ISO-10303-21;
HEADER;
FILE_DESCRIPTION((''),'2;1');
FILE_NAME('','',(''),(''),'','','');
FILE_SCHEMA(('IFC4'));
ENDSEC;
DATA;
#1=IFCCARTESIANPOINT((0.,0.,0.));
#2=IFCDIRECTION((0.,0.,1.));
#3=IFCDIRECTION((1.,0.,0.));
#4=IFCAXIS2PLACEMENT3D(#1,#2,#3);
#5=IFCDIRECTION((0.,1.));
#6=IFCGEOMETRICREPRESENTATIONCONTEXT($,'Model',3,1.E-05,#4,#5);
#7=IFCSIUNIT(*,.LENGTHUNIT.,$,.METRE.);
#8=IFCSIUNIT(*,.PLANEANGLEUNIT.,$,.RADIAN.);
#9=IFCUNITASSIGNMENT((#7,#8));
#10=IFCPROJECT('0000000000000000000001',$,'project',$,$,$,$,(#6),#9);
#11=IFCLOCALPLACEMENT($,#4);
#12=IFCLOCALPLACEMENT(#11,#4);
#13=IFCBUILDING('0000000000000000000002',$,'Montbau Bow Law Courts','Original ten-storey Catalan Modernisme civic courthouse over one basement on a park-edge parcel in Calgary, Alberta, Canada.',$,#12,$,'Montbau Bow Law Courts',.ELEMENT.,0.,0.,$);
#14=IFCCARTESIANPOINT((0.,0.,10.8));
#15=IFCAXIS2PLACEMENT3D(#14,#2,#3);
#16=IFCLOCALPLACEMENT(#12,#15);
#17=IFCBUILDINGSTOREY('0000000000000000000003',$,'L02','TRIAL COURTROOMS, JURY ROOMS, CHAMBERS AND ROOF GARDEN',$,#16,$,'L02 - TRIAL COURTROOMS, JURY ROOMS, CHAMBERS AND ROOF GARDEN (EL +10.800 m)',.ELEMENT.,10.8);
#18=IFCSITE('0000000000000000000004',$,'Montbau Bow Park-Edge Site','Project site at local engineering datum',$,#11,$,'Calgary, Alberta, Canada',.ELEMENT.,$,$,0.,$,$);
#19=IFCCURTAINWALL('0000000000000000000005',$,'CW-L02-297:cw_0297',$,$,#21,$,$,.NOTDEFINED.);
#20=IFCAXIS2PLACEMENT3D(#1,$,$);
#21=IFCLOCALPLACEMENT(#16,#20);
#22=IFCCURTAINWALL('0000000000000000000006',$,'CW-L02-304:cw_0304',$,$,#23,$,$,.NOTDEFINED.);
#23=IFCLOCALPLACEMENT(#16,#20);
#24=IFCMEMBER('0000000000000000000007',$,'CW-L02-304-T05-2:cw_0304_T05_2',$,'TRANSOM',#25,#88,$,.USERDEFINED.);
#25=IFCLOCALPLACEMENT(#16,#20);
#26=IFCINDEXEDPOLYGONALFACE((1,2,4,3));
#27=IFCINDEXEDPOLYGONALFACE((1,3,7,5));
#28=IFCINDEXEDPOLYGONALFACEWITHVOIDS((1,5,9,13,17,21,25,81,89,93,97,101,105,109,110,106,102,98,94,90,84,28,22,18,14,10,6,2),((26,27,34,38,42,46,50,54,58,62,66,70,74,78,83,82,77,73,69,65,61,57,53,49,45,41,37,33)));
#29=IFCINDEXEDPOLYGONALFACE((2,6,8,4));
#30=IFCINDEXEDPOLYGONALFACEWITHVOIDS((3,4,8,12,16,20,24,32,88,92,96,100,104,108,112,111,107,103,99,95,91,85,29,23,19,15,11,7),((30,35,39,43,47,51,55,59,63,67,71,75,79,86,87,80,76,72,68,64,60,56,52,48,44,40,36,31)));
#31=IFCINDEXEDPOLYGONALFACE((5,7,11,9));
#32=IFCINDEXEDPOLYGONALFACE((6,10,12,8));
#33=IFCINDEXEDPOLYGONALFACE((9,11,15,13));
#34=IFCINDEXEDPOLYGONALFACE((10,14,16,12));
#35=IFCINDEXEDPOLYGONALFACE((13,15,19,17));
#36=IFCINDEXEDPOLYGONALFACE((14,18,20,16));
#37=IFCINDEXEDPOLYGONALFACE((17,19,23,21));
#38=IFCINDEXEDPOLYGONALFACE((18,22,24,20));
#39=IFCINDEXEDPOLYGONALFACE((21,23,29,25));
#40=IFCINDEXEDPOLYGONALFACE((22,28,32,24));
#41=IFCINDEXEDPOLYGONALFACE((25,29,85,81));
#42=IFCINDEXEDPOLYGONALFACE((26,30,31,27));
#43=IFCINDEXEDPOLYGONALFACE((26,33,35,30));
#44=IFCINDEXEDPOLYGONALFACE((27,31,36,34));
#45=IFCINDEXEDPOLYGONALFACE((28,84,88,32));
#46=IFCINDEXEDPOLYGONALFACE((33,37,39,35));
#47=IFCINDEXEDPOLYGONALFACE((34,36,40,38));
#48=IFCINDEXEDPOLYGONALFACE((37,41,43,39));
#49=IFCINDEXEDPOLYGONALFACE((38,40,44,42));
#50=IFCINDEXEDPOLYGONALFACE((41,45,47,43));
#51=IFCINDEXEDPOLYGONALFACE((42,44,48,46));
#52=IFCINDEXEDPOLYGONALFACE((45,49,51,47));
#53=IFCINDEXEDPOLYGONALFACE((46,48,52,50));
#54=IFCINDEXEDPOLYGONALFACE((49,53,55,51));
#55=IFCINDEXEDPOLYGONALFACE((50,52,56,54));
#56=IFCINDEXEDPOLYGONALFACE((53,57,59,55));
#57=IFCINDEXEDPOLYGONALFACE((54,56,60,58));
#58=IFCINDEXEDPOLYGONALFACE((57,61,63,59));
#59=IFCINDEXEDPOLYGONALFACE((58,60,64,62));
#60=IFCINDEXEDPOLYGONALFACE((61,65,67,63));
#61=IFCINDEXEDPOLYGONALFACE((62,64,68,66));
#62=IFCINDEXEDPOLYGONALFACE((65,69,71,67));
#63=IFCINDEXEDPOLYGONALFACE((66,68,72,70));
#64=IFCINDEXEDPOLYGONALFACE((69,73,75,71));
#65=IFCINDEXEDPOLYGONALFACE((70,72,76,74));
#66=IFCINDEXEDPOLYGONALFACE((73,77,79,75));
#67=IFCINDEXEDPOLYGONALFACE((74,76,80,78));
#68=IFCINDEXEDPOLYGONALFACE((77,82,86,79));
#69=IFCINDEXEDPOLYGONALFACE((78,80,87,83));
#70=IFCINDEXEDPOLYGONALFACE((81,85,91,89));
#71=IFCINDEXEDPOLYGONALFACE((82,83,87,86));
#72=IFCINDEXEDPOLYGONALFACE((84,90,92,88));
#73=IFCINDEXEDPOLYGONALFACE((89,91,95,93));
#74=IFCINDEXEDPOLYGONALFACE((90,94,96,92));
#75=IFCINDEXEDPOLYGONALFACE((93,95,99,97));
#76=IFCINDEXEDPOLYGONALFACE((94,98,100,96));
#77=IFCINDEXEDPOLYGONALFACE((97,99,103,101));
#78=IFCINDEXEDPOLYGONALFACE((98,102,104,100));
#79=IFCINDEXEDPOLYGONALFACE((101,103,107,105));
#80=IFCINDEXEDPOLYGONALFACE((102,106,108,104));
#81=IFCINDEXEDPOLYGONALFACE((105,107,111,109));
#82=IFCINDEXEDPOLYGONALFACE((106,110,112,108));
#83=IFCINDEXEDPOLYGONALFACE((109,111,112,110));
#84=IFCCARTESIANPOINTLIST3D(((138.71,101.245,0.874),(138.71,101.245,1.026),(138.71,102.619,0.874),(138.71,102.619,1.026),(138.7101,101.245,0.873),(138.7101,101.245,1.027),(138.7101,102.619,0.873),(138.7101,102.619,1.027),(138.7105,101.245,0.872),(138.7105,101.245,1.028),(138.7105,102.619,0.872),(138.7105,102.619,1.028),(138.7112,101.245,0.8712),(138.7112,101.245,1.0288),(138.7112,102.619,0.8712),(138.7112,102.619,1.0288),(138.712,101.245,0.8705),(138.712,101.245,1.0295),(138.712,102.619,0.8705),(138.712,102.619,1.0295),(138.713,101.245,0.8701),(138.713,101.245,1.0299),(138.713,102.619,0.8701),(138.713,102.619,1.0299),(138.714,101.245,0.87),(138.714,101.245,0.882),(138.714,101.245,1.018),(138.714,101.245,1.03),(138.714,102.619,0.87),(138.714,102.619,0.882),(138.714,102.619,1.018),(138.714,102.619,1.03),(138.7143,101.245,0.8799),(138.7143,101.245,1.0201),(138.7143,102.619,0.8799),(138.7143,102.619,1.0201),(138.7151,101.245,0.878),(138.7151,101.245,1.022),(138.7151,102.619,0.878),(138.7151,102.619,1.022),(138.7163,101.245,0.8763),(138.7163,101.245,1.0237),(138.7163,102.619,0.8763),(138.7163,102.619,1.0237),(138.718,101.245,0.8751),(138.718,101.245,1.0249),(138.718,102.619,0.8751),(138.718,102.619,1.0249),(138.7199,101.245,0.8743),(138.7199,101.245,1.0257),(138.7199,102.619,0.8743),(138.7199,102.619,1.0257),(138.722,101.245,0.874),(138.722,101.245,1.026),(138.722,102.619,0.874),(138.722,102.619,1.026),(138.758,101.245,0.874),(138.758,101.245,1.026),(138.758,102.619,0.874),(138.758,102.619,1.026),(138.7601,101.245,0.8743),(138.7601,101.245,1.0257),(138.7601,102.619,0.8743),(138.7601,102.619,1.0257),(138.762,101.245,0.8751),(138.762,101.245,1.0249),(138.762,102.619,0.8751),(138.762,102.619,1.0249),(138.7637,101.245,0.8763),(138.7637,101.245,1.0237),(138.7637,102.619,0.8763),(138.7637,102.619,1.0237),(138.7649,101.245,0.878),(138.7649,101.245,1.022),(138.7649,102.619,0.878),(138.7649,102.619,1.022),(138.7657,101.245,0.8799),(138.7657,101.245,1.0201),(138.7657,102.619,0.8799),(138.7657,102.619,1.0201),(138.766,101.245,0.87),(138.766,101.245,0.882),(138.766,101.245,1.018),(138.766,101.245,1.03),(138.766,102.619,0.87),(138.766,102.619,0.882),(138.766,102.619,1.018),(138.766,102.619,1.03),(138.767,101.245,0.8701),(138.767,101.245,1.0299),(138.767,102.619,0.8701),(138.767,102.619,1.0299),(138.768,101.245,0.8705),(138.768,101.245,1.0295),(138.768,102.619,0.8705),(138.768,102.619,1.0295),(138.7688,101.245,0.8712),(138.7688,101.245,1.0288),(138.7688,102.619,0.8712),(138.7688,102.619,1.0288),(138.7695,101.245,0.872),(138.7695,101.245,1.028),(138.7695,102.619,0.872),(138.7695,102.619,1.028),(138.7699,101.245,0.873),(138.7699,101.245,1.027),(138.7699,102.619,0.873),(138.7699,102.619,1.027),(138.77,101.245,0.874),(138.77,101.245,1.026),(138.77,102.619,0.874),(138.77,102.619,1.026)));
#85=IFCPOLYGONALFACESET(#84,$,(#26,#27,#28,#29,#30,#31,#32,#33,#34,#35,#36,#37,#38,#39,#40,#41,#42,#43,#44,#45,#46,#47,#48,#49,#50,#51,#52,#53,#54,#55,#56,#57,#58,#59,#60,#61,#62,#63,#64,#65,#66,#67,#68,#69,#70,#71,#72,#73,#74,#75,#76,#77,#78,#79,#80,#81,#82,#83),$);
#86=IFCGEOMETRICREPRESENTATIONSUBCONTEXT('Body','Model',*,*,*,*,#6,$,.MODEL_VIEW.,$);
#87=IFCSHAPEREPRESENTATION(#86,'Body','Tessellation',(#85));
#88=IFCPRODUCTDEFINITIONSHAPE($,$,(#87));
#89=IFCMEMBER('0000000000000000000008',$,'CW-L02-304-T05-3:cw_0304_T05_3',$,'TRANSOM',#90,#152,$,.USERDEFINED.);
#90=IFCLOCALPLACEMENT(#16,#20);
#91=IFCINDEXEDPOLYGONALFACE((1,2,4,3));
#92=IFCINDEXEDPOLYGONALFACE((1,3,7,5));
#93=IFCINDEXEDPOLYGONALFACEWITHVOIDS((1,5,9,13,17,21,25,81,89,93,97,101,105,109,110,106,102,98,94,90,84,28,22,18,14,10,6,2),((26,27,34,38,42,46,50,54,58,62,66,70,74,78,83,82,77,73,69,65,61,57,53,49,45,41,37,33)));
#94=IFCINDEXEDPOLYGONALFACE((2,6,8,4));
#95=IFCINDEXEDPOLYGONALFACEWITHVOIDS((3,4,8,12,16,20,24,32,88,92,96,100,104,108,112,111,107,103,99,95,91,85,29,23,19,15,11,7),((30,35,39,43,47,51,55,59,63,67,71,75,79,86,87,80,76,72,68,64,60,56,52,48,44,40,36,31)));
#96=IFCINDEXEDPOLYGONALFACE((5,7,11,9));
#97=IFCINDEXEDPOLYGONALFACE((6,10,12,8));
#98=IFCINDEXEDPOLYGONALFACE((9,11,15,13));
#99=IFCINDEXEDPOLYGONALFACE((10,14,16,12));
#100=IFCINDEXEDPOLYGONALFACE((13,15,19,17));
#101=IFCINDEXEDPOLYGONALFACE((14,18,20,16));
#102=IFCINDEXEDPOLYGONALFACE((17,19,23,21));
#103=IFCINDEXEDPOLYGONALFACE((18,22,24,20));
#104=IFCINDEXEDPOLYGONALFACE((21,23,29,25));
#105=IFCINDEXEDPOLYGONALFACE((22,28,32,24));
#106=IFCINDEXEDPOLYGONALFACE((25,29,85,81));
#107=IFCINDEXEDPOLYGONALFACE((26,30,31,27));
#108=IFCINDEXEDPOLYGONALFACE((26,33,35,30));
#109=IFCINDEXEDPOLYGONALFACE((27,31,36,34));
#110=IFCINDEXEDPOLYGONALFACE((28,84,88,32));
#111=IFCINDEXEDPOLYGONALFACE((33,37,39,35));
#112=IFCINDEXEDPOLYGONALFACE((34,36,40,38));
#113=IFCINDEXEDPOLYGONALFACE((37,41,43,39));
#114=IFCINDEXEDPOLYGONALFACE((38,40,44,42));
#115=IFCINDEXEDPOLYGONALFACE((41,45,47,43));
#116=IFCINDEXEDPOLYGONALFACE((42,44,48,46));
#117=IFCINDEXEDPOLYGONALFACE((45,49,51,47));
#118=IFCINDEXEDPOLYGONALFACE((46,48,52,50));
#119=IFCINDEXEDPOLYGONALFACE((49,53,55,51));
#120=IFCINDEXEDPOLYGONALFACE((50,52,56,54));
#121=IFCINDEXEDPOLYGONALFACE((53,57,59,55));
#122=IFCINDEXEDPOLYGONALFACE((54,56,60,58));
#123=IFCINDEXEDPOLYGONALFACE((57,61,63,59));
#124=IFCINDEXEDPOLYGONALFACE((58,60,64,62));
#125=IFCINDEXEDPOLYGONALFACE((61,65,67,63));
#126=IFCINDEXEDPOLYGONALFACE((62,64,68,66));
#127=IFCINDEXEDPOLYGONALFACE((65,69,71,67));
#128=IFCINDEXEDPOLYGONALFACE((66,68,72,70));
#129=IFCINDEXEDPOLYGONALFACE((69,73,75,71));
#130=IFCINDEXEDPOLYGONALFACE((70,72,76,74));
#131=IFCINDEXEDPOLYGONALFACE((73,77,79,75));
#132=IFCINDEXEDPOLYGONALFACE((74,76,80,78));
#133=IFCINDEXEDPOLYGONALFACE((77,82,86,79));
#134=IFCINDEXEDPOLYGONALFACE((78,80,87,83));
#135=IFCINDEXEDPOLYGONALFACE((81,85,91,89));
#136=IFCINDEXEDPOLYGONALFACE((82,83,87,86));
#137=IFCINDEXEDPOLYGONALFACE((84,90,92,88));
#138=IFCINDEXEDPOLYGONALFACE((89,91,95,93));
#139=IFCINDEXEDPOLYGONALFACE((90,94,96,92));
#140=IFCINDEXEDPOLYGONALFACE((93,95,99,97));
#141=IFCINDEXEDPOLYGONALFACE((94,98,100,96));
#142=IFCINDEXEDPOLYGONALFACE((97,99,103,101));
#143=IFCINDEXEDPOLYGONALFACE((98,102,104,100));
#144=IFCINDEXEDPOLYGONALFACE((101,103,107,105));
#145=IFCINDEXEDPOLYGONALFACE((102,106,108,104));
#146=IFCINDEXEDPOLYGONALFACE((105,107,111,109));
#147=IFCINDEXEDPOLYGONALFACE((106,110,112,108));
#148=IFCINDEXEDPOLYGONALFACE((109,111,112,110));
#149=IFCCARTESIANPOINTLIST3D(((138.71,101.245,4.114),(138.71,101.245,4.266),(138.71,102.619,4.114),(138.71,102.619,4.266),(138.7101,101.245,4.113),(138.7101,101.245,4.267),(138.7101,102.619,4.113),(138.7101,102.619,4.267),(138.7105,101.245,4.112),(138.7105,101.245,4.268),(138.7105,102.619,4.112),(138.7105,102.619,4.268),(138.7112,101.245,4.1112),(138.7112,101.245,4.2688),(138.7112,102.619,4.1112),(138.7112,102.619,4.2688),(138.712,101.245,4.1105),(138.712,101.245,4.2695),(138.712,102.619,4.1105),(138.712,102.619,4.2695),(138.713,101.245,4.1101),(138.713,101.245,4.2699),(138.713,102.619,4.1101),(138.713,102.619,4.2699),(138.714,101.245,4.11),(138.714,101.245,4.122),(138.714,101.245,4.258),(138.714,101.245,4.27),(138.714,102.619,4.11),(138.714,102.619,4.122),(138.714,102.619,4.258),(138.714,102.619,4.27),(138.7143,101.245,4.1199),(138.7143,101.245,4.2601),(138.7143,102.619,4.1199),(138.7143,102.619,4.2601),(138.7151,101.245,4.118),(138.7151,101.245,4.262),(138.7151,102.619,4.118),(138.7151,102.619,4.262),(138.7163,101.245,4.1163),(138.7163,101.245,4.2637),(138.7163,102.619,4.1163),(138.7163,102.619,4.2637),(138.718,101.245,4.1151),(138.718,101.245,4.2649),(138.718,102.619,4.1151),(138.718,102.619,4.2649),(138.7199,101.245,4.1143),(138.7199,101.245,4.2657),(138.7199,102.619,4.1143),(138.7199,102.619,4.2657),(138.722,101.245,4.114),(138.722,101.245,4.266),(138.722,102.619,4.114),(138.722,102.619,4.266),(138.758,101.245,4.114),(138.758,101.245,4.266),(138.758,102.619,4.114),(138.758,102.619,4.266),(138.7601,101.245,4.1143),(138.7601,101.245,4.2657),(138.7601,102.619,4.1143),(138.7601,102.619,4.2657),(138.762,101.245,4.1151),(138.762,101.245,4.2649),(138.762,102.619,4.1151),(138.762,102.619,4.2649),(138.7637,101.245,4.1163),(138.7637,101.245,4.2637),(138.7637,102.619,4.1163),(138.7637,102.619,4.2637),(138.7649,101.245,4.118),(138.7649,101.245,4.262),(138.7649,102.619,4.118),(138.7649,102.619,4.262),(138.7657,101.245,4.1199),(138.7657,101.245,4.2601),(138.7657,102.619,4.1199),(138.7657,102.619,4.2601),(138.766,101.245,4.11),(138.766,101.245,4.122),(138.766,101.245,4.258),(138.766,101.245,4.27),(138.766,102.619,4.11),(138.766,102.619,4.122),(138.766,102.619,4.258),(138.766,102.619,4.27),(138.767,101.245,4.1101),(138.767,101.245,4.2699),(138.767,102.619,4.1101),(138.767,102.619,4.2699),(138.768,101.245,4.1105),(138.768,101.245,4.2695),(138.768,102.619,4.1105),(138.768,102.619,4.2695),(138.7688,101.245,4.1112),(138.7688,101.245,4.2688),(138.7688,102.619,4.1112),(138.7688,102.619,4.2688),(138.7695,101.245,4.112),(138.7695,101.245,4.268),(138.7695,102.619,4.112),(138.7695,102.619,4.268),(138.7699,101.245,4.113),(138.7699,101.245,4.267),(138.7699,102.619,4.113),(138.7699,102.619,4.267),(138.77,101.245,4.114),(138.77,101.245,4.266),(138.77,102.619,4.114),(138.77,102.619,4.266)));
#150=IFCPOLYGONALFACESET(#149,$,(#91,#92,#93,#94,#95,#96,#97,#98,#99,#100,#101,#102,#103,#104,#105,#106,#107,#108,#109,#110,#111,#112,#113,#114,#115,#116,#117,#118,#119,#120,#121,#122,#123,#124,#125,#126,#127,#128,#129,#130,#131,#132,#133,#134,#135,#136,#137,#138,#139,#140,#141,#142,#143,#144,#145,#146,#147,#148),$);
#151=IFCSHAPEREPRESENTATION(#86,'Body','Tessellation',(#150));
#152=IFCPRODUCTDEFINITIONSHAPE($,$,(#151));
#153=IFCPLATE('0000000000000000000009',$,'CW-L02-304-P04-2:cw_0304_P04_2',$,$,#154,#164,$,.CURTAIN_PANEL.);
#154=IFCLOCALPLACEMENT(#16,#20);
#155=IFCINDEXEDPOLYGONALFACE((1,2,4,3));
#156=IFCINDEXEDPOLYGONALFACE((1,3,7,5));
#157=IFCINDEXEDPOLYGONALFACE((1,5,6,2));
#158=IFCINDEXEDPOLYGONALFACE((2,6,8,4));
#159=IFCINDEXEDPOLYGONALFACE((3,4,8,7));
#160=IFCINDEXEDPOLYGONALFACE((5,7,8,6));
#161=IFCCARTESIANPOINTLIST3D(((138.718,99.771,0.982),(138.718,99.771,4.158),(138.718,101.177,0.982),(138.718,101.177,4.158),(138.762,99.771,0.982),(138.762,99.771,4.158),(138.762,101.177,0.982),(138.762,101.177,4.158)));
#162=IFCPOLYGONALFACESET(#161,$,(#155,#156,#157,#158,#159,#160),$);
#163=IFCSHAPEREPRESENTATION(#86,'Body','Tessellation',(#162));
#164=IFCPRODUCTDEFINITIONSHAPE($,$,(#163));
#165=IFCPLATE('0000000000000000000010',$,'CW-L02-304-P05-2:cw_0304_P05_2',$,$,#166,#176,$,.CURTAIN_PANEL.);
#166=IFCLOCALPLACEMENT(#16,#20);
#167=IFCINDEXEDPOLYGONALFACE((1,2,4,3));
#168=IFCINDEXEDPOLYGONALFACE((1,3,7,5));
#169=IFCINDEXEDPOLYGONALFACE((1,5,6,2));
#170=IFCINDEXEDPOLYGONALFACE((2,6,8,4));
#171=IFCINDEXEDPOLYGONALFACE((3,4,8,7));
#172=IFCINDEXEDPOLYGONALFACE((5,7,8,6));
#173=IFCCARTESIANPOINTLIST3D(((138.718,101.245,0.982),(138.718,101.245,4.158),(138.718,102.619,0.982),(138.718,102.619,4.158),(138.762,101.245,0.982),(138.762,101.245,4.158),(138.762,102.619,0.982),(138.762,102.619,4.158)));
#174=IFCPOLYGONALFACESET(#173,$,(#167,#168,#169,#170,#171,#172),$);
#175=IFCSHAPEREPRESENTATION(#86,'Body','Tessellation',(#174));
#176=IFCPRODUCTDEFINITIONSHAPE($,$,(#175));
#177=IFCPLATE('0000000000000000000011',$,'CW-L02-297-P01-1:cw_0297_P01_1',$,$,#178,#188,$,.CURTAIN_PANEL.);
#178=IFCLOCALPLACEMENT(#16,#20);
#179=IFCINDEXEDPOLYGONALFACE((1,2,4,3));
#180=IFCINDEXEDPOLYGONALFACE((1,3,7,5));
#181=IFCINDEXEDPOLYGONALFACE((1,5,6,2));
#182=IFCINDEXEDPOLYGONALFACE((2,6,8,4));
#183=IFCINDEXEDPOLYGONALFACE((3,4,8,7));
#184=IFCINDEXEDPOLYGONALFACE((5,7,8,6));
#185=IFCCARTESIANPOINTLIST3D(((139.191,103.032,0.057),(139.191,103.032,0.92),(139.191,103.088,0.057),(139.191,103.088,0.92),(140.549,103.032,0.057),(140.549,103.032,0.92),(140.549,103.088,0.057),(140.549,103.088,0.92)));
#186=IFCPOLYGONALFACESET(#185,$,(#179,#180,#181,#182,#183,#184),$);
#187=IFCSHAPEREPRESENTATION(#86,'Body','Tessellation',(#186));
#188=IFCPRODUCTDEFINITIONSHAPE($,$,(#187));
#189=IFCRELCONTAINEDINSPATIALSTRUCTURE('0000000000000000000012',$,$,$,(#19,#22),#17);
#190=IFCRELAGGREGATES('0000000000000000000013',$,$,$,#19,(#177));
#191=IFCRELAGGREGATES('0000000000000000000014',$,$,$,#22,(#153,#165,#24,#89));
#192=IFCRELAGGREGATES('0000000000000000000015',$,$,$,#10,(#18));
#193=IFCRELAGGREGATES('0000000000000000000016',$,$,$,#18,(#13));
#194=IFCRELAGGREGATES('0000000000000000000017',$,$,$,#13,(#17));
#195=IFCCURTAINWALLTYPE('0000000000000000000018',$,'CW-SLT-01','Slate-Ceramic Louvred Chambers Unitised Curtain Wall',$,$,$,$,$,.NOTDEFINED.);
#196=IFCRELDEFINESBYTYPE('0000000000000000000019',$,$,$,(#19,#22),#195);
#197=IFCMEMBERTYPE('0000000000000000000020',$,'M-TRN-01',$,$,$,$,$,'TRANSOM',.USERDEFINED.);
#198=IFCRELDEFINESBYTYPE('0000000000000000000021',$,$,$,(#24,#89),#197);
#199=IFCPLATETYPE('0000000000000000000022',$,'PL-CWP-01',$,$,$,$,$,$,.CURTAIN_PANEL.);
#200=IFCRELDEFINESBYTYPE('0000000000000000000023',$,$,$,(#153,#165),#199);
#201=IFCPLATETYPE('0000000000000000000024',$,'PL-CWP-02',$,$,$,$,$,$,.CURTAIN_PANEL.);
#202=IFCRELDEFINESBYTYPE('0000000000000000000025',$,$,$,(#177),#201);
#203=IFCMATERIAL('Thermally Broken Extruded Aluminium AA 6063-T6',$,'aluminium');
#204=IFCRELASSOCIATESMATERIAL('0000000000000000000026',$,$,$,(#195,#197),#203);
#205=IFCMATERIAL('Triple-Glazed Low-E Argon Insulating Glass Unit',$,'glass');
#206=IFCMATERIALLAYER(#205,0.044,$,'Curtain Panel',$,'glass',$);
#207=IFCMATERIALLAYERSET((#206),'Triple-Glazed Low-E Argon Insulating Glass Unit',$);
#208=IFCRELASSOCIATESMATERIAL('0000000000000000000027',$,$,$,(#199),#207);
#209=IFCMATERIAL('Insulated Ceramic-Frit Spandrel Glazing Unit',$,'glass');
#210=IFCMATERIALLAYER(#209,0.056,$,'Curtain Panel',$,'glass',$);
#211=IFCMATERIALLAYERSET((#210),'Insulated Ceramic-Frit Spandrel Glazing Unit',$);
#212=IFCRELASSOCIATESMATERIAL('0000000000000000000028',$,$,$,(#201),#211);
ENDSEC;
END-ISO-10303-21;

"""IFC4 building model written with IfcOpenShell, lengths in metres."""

from ifc_helpers import new_model, si_unit, direction, frame, frame_2d, origin_with_axes, origin_2d_with_axis, place, context, subcontext, project, spatial, rectangle, hollow_rectangle, extrude, material, layer, layer_set, material_profile, profile_set, type_object, element, aggregate, save


model = new_model("IFC4")

# Units and contexts
model_context = context("Model", 3, precision=1e-05, world=origin_with_axes(), true_north=direction((0.0, 1.0)))
body_context = subcontext(model_context, "Body", "Model", "MODEL_VIEW")
ifc_project = project(units=[si_unit("LENGTHUNIT", "METRE"), si_unit("PLANEANGLEUNIT", "RADIAN")], contexts=[model_context])

# Site, building, storey
site_placement = place(None, origin_with_axes())
site = spatial("IfcSite", under=ifc_project, at=site_placement, Name="Montbau Bow Park-Edge Site", Description="Project site at local engineering datum", LongName="Calgary, Alberta, Canada", CompositionType="ELEMENT", RefElevation=0.0)
building_placement = place(site_placement, origin_with_axes())
building = spatial("IfcBuilding", under=site, at=building_placement, Name="Montbau Bow Law Courts", Description="Original ten-storey Catalan Modernisme civic courthouse over one basement on a park-edge parcel in Calgary, Alberta, Canada.", LongName="Montbau Bow Law Courts", CompositionType="ELEMENT", ElevationOfRefHeight=0.0, ElevationOfTerrain=0.0)
storey_placement = place(building_placement, frame((0.0, 0.0, 10.8), z_axis=(0.0, 0.0, 1.0), x_axis=(1.0, 0.0, 0.0)))
storey = spatial("IfcBuildingStorey", under=building, at=storey_placement, Name="L02", Description="TRIAL COURTROOMS, JURY ROOMS, CHAMBERS AND ROOF GARDEN", LongName="L02 - TRIAL COURTROOMS, JURY ROOMS, CHAMBERS AND ROOF GARDEN (EL +10.800 m)", CompositionType="ELEMENT", Elevation=10.8)

# Curtain wall
ifc_material_1 = material(Name="Thermally Broken Extruded Aluminium AA 6063-T6", Category="aluminium")
curtain_wall_type = type_object("IfcCurtainWallType", Name="CW-SLT-01", Description="Slate-Ceramic Louvred Chambers Unitised Curtain Wall", PredefinedType="NOTDEFINED", material=ifc_material_1)
curtain_wall_1_placement = place(None, frame((139.115, 103.06, 10.8), z_axis=(0.0, 0.0, 1.0), x_axis=(1.0, 0.0, 0.0)))
curtain_wall_1 = element("IfcCurtainWall", 1, at=curtain_wall_1_placement, inside=storey, type_object=curtain_wall_type, Name="CW-L02-297:cw_0297", PredefinedType="NOTDEFINED")

# Curtain wall, members, plates
curtain_wall_2_placement = place(None, frame((138.74, 95.315, 10.8), z_axis=(0.0, 0.0, 1.0), x_axis=(1.0, 0.0, 0.0)))
curtain_wall_2 = element("IfcCurtainWall", 2, at=curtain_wall_2_placement, inside=storey, type_object=curtain_wall_type, Name="CW-L02-304:cw_0304", PredefinedType="NOTDEFINED")
ifc_material_profile_1 = material_profile(ifc_material_1, hollow_rectangle(XDim=0.06, YDim=0.16, WallThickness=0.004, InnerFilletRadius=0.008, OuterFilletRadius=0.004, at=origin_2d_with_axis()), Name="CWT-160X60", Category="Main", Priority=0)
ifc_profile_set_1 = profile_set([ifc_material_profile_1], Name="Thermally Broken Extruded Aluminium AA 6063-T6")
member_type_1 = type_object("IfcMemberType", Name="M-TRN-01", ElementType="TRANSOM", PredefinedType="USERDEFINED", material=ifc_profile_set_1)
member_1_placement = place(None, frame((138.74, 101.245, 11.75), z_axis=(0.0, 1.0, 0.0), x_axis=(-1.0, 0.0, 0.0)))
member_1 = element("IfcMember", 3, at=member_1_placement, type_object=member_type_1, Name="CW-L02-304-T05-2:cw_0304_T05_2", ObjectType="TRANSOM", PredefinedType="USERDEFINED", context=body_context, shape_type="SweptSolid", body=[
    extrude(hollow_rectangle(XDim=0.06, YDim=0.16, WallThickness=0.004, InnerFilletRadius=0.008, OuterFilletRadius=0.004, at=origin_2d_with_axis()), origin_with_axes(), (0.0, 0.0, 1.0), 1.374),
])
member_2_placement = place(None, frame((138.74, 101.245, 14.99), z_axis=(0.0, 1.0, 0.0), x_axis=(-1.0, 0.0, 0.0)))
member_2 = element("IfcMember", 4, at=member_2_placement, type_object=member_type_1, Name="CW-L02-304-T05-3:cw_0304_T05_3", ObjectType="TRANSOM", PredefinedType="USERDEFINED", context=body_context, shape_type="SweptSolid", body=[
    extrude(hollow_rectangle(XDim=0.06, YDim=0.16, WallThickness=0.004, InnerFilletRadius=0.008, OuterFilletRadius=0.004, at=origin_2d_with_axis()), origin_with_axes(), (0.0, 0.0, 1.0), 1.374),
])
ifc_material_2 = material(Name="Triple-Glazed Low-E Argon Insulating Glass Unit", Category="glass")
ifc_layer_1 = layer(ifc_material_2, 0.044, Name="Curtain Panel", Category="glass")
ifc_layer_set_1 = layer_set([ifc_layer_1], Name="Triple-Glazed Low-E Argon Insulating Glass Unit")
plate_type_1 = type_object("IfcPlateType", Name="PL-CWP-01", PredefinedType="CURTAIN_PANEL", material=ifc_layer_set_1)
plate_1_placement = place(None, frame((138.74, 99.771, 11.782), z_axis=(1.0, 0.0, 0.0), x_axis=(0.0, 1.0, 0.0)))
plate_1 = element("IfcPlate", 5, at=plate_1_placement, type_object=plate_type_1, Name="CW-L02-304-P04-2:cw_0304_P04_2", PredefinedType="CURTAIN_PANEL", context=body_context, shape_type="SweptSolid", body=[
    extrude(rectangle(XDim=1.406, YDim=3.176, at=frame_2d((0.703, 1.588), x_axis=(1.0, 0.0))), frame((0.0, 0.0, -0.022), z_axis=(0.0, 0.0, 1.0), x_axis=(1.0, 0.0, 0.0)), (0.0, 0.0, 1.0), 0.044),
])
plate_2_placement = place(None, frame((138.74, 101.245, 11.782), z_axis=(1.0, 0.0, 0.0), x_axis=(0.0, 1.0, 0.0)))
plate_2 = element("IfcPlate", 6, at=plate_2_placement, type_object=plate_type_1, Name="CW-L02-304-P05-2:cw_0304_P05_2", PredefinedType="CURTAIN_PANEL", context=body_context, shape_type="SweptSolid", body=[
    extrude(rectangle(XDim=1.374, YDim=3.176, at=frame_2d((0.687, 1.588), x_axis=(1.0, 0.0))), frame((0.0, 0.0, -0.022), z_axis=(0.0, 0.0, 1.0), x_axis=(1.0, 0.0, 0.0)), (0.0, 0.0, 1.0), 0.044),
])

# Plate
ifc_material_3 = material(Name="Insulated Ceramic-Frit Spandrel Glazing Unit", Category="glass")
ifc_layer_2 = layer(ifc_material_3, 0.056, Name="Curtain Panel", Category="glass")
ifc_layer_set_2 = layer_set([ifc_layer_2], Name="Insulated Ceramic-Frit Spandrel Glazing Unit")
plate_type_2 = type_object("IfcPlateType", Name="PL-CWP-02", PredefinedType="CURTAIN_PANEL", material=ifc_layer_set_2)
plate_3_placement = place(None, frame((139.191, 103.06, 10.857), z_axis=(0.0, -1.0, 0.0), x_axis=(1.0, 0.0, 0.0)))
plate_3 = element("IfcPlate", 7, at=plate_3_placement, type_object=plate_type_2, Name="CW-L02-297-P01-1:cw_0297_P01_1", PredefinedType="CURTAIN_PANEL", context=body_context, shape_type="SweptSolid", body=[
    extrude(rectangle(XDim=1.358, YDim=0.863, at=frame_2d((0.679, 0.4315), x_axis=(1.0, 0.0))), frame((0.0, 0.0, -0.028), z_axis=(0.0, 0.0, 1.0), x_axis=(1.0, 0.0, 0.0)), (0.0, 0.0, 1.0), 0.056),
])
aggregate(curtain_wall_1, [plate_3])
aggregate(curtain_wall_2, [plate_1, plate_2, member_1, member_2])

save(model, "model.ifc")
